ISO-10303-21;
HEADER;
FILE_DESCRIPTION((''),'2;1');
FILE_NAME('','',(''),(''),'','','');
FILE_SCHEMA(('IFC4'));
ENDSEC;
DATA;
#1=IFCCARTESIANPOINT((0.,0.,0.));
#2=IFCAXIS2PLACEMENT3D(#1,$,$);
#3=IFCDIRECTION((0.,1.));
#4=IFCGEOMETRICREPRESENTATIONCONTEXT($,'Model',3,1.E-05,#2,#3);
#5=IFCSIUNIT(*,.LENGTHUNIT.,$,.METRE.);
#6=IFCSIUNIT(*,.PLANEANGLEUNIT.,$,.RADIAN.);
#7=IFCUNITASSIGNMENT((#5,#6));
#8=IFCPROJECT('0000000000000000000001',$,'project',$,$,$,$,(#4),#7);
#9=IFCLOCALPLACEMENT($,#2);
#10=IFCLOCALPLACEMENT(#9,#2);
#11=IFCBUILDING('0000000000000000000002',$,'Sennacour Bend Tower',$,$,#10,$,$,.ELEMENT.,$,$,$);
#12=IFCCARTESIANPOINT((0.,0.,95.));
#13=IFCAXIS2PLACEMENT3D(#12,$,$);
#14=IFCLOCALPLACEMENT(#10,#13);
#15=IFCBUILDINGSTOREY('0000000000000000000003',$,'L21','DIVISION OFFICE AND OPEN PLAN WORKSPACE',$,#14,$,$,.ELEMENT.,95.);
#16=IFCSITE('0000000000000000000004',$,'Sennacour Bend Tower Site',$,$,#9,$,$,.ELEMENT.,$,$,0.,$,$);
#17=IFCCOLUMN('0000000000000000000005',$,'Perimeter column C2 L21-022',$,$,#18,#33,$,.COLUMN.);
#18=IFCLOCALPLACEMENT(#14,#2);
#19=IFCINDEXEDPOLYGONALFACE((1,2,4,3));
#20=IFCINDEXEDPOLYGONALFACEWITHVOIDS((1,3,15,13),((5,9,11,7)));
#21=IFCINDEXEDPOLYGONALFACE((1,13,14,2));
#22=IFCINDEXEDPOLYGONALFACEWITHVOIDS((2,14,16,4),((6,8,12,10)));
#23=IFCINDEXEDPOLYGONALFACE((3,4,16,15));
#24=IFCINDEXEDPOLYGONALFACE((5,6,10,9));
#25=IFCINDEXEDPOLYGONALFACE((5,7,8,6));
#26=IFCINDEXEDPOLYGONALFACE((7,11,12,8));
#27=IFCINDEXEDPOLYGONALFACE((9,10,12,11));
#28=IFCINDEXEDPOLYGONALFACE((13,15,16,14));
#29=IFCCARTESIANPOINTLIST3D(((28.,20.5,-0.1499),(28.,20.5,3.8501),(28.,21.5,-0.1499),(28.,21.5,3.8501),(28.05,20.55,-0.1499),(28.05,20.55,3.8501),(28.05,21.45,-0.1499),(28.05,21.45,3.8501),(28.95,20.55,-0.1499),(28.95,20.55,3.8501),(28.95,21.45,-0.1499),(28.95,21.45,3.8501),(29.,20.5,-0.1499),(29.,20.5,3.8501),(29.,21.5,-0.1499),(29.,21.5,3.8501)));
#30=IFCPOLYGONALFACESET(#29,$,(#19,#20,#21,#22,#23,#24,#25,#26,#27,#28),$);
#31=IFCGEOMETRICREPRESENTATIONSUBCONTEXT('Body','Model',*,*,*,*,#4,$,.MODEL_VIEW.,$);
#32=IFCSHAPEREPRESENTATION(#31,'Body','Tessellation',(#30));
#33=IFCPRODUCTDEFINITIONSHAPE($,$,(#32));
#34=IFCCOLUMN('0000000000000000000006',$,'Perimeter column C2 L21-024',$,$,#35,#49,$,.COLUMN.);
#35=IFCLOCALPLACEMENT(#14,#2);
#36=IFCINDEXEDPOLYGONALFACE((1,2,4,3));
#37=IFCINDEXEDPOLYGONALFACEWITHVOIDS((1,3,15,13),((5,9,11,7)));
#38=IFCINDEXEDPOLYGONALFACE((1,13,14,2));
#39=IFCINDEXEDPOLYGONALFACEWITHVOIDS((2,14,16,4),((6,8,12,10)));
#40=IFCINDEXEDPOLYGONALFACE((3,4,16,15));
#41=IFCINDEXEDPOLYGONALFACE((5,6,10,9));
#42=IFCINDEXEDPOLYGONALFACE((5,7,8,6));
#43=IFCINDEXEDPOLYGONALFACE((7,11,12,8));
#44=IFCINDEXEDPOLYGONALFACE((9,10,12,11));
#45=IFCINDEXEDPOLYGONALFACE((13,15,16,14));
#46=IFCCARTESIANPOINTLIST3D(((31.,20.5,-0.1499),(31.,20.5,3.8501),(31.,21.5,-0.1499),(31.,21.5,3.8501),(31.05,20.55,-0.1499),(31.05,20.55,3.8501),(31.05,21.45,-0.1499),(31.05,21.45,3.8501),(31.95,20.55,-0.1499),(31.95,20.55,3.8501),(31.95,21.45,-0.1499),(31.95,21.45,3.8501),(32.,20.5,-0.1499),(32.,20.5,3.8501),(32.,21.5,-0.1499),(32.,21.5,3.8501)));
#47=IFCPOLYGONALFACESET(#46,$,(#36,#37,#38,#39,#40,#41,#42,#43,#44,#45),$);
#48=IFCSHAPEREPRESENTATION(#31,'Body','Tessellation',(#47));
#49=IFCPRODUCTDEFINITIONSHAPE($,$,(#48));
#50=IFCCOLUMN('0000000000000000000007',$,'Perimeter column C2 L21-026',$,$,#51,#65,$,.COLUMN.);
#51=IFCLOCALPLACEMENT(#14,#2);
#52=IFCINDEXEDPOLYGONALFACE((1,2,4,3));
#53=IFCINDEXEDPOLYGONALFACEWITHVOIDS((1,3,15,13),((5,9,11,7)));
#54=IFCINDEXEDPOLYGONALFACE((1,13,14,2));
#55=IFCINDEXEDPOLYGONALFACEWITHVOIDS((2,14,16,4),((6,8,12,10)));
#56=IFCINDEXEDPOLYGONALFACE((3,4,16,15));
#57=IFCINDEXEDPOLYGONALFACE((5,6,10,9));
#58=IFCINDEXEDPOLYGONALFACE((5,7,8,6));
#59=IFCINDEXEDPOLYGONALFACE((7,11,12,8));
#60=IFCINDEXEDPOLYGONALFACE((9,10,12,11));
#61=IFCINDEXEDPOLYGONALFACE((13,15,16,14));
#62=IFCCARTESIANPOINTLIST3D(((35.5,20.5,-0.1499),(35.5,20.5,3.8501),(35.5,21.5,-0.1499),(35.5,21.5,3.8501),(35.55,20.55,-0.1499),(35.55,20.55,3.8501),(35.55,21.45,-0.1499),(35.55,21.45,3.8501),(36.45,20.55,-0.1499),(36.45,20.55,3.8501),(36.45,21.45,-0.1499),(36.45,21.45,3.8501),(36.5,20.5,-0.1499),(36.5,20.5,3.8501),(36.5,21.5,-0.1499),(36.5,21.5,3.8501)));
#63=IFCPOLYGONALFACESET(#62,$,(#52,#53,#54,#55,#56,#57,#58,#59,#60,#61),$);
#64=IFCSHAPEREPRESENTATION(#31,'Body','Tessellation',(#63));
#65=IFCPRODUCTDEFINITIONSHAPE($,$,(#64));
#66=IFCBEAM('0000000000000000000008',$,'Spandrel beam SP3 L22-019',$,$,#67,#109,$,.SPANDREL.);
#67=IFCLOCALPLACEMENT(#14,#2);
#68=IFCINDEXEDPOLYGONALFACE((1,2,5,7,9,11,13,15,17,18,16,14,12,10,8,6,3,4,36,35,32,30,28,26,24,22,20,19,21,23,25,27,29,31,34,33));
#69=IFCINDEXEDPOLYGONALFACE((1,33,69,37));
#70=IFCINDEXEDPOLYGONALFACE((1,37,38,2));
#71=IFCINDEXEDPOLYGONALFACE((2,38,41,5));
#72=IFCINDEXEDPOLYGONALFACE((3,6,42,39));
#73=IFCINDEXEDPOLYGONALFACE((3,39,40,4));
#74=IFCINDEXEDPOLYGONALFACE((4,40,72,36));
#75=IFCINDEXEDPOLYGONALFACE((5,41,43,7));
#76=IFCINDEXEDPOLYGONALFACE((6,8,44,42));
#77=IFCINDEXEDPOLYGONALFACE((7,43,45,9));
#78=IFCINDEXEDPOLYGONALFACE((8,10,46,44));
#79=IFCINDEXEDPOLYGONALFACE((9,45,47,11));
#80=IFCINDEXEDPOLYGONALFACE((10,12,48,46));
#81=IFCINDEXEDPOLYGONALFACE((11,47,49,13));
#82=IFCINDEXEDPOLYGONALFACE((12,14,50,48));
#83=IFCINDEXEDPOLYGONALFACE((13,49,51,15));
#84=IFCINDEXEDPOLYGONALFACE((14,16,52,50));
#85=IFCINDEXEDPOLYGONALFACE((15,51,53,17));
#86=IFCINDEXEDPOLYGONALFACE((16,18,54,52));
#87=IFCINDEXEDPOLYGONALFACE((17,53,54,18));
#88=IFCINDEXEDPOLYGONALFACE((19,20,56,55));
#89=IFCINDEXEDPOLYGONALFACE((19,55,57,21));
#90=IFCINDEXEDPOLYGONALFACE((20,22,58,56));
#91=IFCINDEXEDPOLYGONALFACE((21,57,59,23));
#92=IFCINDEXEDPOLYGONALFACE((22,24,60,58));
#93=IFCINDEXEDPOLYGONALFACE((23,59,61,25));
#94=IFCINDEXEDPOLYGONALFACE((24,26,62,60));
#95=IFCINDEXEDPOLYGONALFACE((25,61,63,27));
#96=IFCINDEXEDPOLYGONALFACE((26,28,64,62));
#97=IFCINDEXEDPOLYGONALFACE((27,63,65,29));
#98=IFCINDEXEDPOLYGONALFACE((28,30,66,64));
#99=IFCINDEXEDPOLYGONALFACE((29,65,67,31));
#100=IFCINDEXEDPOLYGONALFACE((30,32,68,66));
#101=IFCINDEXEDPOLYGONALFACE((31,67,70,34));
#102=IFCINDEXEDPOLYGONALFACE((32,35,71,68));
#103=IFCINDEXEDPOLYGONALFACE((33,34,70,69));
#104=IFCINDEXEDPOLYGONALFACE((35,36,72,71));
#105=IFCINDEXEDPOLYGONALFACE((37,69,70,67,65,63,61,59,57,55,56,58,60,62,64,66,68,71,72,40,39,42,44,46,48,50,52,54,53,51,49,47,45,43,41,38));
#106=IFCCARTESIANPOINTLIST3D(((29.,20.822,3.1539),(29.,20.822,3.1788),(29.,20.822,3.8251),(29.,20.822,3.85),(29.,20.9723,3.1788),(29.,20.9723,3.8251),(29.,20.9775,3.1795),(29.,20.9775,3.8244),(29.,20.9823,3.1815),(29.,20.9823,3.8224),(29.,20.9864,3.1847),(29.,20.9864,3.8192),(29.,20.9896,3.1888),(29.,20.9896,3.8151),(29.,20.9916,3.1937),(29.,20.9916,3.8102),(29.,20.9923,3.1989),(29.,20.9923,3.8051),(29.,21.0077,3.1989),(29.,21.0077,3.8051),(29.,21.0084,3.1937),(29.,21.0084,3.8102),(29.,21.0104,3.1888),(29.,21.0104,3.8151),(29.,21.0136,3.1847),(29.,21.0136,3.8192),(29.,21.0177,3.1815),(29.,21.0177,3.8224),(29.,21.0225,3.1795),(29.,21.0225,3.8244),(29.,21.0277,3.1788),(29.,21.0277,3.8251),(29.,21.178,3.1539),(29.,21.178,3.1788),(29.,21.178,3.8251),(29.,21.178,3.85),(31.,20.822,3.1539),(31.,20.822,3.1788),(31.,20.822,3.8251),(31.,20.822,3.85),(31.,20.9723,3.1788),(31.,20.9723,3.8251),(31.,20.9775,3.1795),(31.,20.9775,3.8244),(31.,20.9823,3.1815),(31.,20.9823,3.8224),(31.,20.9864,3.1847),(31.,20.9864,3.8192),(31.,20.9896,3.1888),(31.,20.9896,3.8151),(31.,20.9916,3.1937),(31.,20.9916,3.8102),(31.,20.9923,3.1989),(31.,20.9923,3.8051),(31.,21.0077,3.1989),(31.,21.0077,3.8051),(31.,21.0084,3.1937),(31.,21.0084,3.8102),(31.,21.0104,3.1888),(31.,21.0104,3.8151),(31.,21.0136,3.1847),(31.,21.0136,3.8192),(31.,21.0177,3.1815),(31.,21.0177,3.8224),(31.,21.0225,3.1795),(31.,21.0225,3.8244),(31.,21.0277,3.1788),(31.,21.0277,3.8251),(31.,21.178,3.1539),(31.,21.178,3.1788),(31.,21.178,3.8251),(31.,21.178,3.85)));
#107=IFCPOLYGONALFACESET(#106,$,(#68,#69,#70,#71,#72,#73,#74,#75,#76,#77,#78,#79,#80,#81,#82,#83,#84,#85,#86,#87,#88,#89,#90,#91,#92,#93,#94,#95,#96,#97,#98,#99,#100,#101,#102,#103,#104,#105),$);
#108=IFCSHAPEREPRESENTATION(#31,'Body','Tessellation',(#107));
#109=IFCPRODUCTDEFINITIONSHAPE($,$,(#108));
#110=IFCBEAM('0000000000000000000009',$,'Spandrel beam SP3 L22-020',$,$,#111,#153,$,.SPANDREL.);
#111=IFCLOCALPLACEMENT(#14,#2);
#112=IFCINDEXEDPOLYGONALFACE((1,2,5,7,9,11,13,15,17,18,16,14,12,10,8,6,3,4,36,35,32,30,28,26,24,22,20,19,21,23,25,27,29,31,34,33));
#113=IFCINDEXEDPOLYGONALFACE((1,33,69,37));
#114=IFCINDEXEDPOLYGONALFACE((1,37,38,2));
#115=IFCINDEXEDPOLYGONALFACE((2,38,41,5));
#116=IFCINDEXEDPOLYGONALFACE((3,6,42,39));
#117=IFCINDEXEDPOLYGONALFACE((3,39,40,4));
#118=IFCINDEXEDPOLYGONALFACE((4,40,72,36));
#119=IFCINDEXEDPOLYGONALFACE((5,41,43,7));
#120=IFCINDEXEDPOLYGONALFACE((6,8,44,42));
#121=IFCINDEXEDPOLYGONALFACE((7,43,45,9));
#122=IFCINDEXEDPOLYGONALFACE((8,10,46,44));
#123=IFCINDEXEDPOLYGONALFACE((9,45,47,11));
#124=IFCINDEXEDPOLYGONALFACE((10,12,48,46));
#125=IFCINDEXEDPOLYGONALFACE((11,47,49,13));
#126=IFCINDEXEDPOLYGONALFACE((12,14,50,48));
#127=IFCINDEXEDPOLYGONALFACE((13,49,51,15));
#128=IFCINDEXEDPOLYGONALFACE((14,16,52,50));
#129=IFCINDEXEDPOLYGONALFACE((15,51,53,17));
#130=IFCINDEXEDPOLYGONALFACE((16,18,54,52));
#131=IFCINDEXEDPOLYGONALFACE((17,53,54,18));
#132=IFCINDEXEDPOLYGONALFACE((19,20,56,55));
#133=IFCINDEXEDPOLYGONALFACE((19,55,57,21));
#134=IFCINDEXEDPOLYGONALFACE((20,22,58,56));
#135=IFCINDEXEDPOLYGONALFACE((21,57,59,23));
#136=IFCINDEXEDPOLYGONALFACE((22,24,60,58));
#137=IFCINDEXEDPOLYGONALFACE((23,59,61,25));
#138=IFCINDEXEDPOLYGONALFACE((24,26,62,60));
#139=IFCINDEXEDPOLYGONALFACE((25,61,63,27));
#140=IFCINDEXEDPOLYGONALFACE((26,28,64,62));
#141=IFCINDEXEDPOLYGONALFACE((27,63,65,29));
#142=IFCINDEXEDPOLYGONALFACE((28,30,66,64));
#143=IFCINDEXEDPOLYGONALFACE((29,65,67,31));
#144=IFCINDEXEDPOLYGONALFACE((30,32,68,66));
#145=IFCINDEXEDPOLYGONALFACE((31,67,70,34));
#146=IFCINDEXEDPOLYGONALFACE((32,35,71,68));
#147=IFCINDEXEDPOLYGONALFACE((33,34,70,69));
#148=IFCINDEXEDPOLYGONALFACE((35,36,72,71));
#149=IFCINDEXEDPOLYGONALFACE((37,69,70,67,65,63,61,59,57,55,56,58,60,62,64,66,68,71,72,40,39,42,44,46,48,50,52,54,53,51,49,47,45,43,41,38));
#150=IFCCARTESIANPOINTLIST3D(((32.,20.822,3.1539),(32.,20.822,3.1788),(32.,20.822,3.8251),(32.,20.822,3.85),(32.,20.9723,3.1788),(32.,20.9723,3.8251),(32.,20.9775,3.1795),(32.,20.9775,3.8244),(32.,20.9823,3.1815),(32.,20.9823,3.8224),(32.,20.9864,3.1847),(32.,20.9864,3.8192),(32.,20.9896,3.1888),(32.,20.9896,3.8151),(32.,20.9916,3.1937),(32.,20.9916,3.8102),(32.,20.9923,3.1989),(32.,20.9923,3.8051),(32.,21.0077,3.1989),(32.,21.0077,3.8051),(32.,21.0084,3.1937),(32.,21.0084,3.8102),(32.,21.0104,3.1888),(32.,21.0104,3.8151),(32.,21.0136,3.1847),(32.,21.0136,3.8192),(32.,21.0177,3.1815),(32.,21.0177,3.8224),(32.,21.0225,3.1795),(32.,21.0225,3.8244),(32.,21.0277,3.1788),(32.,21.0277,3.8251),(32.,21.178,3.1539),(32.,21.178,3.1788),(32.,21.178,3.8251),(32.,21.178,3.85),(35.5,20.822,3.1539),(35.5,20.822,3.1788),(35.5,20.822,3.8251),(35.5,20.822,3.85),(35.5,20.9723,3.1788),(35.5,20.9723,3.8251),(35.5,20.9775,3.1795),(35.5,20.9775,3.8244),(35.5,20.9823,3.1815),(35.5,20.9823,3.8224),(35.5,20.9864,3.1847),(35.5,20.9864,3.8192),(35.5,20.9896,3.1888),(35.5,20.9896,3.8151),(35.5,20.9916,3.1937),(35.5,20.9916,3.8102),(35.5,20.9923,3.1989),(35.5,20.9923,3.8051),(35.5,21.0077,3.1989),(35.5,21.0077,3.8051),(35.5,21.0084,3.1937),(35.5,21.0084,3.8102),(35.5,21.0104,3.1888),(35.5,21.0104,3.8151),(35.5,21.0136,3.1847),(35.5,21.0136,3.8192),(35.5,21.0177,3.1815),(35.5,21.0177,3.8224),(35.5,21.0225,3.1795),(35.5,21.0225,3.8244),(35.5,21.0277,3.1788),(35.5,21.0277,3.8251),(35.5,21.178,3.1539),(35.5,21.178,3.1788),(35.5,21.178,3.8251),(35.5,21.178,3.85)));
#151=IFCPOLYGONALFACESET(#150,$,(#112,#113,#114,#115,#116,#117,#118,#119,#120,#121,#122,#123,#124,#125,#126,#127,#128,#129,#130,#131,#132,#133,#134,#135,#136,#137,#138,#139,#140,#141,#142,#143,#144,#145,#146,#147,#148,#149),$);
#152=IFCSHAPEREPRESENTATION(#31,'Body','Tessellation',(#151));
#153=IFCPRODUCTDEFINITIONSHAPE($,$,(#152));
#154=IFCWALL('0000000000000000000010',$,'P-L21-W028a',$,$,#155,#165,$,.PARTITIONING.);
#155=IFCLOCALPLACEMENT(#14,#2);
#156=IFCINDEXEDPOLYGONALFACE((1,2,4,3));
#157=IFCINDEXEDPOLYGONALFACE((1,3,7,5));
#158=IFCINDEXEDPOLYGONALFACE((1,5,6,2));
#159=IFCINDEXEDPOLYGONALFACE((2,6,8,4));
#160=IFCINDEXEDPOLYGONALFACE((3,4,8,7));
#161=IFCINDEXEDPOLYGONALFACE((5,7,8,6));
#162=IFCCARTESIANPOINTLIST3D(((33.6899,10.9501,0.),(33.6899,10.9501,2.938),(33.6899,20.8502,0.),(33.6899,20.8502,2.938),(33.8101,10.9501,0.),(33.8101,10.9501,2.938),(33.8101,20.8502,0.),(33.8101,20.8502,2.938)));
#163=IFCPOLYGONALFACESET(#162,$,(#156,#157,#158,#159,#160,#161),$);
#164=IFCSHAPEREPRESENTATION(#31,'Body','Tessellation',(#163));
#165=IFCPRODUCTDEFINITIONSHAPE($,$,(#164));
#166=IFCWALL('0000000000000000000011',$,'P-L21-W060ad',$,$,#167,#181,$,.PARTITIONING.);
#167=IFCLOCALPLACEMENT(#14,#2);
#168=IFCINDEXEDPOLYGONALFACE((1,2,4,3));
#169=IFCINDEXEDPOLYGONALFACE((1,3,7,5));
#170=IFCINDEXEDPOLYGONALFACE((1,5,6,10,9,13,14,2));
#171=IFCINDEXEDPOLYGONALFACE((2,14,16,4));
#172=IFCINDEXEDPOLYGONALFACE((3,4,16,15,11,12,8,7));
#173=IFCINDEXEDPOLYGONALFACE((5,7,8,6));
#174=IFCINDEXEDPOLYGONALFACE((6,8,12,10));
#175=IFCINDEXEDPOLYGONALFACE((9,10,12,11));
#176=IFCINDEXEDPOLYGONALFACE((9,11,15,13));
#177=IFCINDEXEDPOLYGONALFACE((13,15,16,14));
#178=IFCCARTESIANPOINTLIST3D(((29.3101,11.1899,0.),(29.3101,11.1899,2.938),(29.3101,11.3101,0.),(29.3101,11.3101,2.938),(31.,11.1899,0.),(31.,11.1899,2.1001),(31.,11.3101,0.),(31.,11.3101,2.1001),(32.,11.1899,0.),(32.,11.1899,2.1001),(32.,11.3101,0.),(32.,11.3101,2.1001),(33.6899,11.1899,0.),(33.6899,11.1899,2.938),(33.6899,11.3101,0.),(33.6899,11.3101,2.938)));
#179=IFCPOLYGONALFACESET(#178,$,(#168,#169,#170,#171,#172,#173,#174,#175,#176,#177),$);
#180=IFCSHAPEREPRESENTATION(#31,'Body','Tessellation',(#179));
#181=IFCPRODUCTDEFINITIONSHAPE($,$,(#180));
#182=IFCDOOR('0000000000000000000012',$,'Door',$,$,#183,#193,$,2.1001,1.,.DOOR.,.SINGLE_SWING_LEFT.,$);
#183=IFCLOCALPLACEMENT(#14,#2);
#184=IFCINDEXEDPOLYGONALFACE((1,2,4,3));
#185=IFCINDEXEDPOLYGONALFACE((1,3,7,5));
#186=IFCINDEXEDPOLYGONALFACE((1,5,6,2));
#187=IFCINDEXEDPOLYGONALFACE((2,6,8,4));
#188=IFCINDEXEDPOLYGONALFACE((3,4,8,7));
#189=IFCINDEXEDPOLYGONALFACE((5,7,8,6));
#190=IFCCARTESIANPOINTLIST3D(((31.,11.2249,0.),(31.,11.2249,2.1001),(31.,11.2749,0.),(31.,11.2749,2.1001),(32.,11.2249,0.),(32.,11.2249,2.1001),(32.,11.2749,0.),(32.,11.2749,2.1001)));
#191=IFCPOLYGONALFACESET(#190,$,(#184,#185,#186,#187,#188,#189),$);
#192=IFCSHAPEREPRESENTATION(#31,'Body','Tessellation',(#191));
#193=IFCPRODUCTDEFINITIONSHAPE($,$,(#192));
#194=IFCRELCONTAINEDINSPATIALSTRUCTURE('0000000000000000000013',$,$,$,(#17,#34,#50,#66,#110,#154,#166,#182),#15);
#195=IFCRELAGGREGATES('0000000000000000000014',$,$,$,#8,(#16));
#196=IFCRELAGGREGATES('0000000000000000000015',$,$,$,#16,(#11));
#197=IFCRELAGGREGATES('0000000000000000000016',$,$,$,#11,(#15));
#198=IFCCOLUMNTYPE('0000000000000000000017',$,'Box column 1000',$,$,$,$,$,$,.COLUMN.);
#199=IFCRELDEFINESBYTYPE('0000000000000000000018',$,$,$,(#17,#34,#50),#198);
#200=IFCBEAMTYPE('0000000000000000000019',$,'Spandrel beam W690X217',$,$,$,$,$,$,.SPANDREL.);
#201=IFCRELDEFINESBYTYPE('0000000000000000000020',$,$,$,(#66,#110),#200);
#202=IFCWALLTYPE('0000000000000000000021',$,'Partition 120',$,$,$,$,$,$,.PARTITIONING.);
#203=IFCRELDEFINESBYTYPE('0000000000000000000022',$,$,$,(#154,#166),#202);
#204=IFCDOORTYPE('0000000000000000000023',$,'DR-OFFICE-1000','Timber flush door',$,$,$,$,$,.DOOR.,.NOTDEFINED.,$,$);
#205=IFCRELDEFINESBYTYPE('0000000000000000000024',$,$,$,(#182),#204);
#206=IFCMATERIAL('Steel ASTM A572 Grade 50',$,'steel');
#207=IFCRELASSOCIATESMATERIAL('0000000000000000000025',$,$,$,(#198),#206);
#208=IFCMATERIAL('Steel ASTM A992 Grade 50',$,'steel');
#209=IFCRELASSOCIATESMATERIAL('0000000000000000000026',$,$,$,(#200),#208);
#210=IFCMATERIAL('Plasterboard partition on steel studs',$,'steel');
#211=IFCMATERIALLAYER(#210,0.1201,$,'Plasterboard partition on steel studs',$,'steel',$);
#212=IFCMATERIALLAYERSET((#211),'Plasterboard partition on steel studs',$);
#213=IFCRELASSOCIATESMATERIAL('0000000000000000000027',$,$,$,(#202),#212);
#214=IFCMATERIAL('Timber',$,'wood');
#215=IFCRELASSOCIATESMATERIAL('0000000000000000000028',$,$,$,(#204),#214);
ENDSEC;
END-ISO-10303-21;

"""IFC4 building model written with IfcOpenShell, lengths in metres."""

from ifc_helpers import new_model, si_unit, direction, frame, frame_2d, origin, origin_2d, place, context, subcontext, project, spatial, rectangle, hollow_rectangle, i_section, extrude, material, layer, layer_set, material_profile, profile_set, type_object, element, fill, save


model = new_model("IFC4")

# Units and contexts
model_context = context("Model", 3, precision=1e-05, world=origin(), true_north=direction((0.0, 1.0)))
body_context = subcontext(model_context, "Body", "Model", "MODEL_VIEW")
ifc_project = project(units=[si_unit("LENGTHUNIT", "METRE"), si_unit("PLANEANGLEUNIT", "RADIAN")], contexts=[model_context])

# Site, building, storey
site_placement = place(None, origin())
site = spatial("IfcSite", under=ifc_project, at=site_placement, Name="Sennacour Bend Tower Site", CompositionType="ELEMENT", RefElevation=0.0)
building_placement = place(site_placement, origin())
building = spatial("IfcBuilding", under=site, at=building_placement, Name="Sennacour Bend Tower", CompositionType="ELEMENT")
storey_placement = place(building_placement, frame((0.0, 0.0, 95.0)))
storey = spatial("IfcBuildingStorey", under=building, at=storey_placement, Name="L21", Description="DIVISION OFFICE AND OPEN PLAN WORKSPACE", CompositionType="ELEMENT", Elevation=95.0)

# Columns
ifc_material_1 = material(Name="Steel ASTM A572 Grade 50", Category="steel")
ifc_material_profile_1 = material_profile(ifc_material_1, hollow_rectangle(XDim=1.0, YDim=1.0, WallThickness=0.05, at=origin_2d()), Name="Steel ASTM A572 Grade 50", Category="steel")
ifc_profile_set_1 = profile_set([ifc_material_profile_1], Name="Steel ASTM A572 Grade 50")
column_type = type_object("IfcColumnType", Name="Box column 1000", PredefinedType="COLUMN", material=ifc_profile_set_1)
for number, where, z_axis, x_axis, name in (
    (1, (28.5, 21.0, -0.1499), (0.0, 0.0, 1.0), (1.0, 0.0, 0.0), "Perimeter column C2 L21-022"),
    (2, (31.5, 21.0, -0.1499), (0.0, 0.0, 1.0), (1.0, 0.0, 0.0), "Perimeter column C2 L21-024"),
    (3, (36.0, 21.0, -0.1499), (0.0, 0.0, 1.0), (1.0, 0.0, 0.0), "Perimeter column C2 L21-026"),
):
    element("IfcColumn", number, at=place(storey_placement, frame(where, z_axis=z_axis, x_axis=x_axis)), inside=storey, type_object=column_type, Name=name, PredefinedType="COLUMN", context=body_context, shape_type="SweptSolid", body=[
        extrude(hollow_rectangle(XDim=1.0, YDim=1.0, WallThickness=0.05, at=origin_2d()), origin(), (0.0, 0.0, 1.0), 4.0),
    ])

# Beams
ifc_material_2 = material(Name="Steel ASTM A992 Grade 50", Category="steel")
ifc_material_profile_2 = material_profile(ifc_material_2, i_section(OverallWidth=0.356, OverallDepth=0.696, WebThickness=0.0154, FlangeThickness=0.0249, FilletRadius=0.02, at=origin_2d()), Name="Steel ASTM A992 Grade 50", Category="steel")
ifc_profile_set_2 = profile_set([ifc_material_profile_2], Name="Steel ASTM A992 Grade 50")
beam_type = type_object("IfcBeamType", Name="Spandrel beam W690X217", PredefinedType="SPANDREL", material=ifc_profile_set_2)
beam_1_placement = place(storey_placement, frame((29.0, 21.0, 3.502), z_axis=(1.0, 0.0, 0.0), x_axis=(0.0, 1.0, 0.0)))
element("IfcBeam", 4, at=beam_1_placement, inside=storey, type_object=beam_type, Name="Spandrel beam SP3 L22-019", PredefinedType="SPANDREL", context=body_context, shape_type="SweptSolid", body=[
    extrude(i_section(OverallWidth=0.356, OverallDepth=0.696, WebThickness=0.0154, FlangeThickness=0.0249, FilletRadius=0.02, at=origin_2d()), origin(), (0.0, 0.0, 1.0), 2.0),
])
beam_2_placement = place(storey_placement, frame((32.0, 21.0, 3.502), z_axis=(1.0, 0.0, 0.0), x_axis=(0.0, 1.0, 0.0)))
element("IfcBeam", 5, at=beam_2_placement, inside=storey, type_object=beam_type, Name="Spandrel beam SP3 L22-020", PredefinedType="SPANDREL", context=body_context, shape_type="SweptSolid", body=[
    extrude(i_section(OverallWidth=0.356, OverallDepth=0.696, WebThickness=0.0154, FlangeThickness=0.0249, FilletRadius=0.02, at=origin_2d()), origin(), (0.0, 0.0, 1.0), 3.5),
])

# Wall
ifc_material_3 = material(Name="Plasterboard partition on steel studs", Category="steel")
ifc_layer_1 = layer(ifc_material_3, 0.1201, Name="Plasterboard partition on steel studs", Category="steel")
ifc_layer_set_1 = layer_set([ifc_layer_1], Name="Plasterboard partition on steel studs")
wall_type_1 = type_object("IfcWallType", Name="Partition 120", PredefinedType="PARTITIONING", material=ifc_layer_set_1)
wall_1_placement = place(storey_placement, frame((33.75, 10.95, 0.0), z_axis=(0.0, 0.0, 1.0), x_axis=(0.0, 1.0, 0.0)))
element("IfcWall", 6, at=wall_1_placement, inside=storey, type_object=wall_type_1, Name="P-L21-W028a", PredefinedType="PARTITIONING", context=body_context, shape_type="SweptSolid", body=[
    extrude(rectangle(XDim=9.9001, YDim=0.1201, at=frame_2d((4.9502, 0.0))), origin(), (0.0, 0.0, 1.0), 2.938),
])

# Wall, opening, door
wall_2_placement = place(storey_placement, frame((29.3101, 11.25, 0.0), z_axis=(0.0, 0.0, 1.0), x_axis=(1.0, 0.0, 0.0)))
wall_2 = element("IfcWall", 7, at=wall_2_placement, inside=storey, type_object=wall_type_1, Name="P-L21-W060ad", PredefinedType="PARTITIONING", context=body_context, shape_type="SweptSolid", body=[
    extrude(rectangle(XDim=4.3799, YDim=0.1201, at=frame_2d((2.1899, 0.0))), origin(), (0.0, 0.0, 1.0), 2.938),
])
opening_1_placement = place(wall_2_placement, frame((1.6899, 0.0, 0.0)))
opening_1 = element("IfcOpeningElement", 8, at=opening_1_placement, cuts=wall_2, PredefinedType="OPENING", context=body_context, shape_type="SweptSolid", body=[
    extrude(rectangle(XDim=1.0, YDim=2.1001, at=frame_2d((0.5, 1.05))), frame((0.0, 0.0701, 0.0), z_axis=(0.0, -1.0, 0.0), x_axis=(1.0, 0.0, 0.0)), (0.0, 0.0, 1.0), 0.1401),
])
ifc_material_4 = material(Name="Timber", Category="wood")
door_type = type_object("IfcDoorType", Name="DR-OFFICE-1000", Description="Timber flush door", OperationType="NOTDEFINED", PredefinedType="DOOR", material=ifc_material_4)
door_1_placement = place(opening_1_placement, origin())
door_1 = element("IfcDoor", 9, at=door_1_placement, inside=storey, type_object=door_type, Name="Door", OperationType="SINGLE_SWING_LEFT", OverallHeight=2.1001, OverallWidth=1.0, PredefinedType="DOOR", context=body_context, shape_type="SweptSolid", body=[
    extrude(rectangle(XDim=1.0, YDim=2.1001, at=frame_2d((0.5, 1.05))), frame((0.0, 0.0249, 0.0), z_axis=(0.0, -1.0, 0.0), x_axis=(1.0, 0.0, 0.0)), (0.0, 0.0, 1.0), 0.05),
])
fill(opening_1, door_1)

save(model, "model.ifc")
